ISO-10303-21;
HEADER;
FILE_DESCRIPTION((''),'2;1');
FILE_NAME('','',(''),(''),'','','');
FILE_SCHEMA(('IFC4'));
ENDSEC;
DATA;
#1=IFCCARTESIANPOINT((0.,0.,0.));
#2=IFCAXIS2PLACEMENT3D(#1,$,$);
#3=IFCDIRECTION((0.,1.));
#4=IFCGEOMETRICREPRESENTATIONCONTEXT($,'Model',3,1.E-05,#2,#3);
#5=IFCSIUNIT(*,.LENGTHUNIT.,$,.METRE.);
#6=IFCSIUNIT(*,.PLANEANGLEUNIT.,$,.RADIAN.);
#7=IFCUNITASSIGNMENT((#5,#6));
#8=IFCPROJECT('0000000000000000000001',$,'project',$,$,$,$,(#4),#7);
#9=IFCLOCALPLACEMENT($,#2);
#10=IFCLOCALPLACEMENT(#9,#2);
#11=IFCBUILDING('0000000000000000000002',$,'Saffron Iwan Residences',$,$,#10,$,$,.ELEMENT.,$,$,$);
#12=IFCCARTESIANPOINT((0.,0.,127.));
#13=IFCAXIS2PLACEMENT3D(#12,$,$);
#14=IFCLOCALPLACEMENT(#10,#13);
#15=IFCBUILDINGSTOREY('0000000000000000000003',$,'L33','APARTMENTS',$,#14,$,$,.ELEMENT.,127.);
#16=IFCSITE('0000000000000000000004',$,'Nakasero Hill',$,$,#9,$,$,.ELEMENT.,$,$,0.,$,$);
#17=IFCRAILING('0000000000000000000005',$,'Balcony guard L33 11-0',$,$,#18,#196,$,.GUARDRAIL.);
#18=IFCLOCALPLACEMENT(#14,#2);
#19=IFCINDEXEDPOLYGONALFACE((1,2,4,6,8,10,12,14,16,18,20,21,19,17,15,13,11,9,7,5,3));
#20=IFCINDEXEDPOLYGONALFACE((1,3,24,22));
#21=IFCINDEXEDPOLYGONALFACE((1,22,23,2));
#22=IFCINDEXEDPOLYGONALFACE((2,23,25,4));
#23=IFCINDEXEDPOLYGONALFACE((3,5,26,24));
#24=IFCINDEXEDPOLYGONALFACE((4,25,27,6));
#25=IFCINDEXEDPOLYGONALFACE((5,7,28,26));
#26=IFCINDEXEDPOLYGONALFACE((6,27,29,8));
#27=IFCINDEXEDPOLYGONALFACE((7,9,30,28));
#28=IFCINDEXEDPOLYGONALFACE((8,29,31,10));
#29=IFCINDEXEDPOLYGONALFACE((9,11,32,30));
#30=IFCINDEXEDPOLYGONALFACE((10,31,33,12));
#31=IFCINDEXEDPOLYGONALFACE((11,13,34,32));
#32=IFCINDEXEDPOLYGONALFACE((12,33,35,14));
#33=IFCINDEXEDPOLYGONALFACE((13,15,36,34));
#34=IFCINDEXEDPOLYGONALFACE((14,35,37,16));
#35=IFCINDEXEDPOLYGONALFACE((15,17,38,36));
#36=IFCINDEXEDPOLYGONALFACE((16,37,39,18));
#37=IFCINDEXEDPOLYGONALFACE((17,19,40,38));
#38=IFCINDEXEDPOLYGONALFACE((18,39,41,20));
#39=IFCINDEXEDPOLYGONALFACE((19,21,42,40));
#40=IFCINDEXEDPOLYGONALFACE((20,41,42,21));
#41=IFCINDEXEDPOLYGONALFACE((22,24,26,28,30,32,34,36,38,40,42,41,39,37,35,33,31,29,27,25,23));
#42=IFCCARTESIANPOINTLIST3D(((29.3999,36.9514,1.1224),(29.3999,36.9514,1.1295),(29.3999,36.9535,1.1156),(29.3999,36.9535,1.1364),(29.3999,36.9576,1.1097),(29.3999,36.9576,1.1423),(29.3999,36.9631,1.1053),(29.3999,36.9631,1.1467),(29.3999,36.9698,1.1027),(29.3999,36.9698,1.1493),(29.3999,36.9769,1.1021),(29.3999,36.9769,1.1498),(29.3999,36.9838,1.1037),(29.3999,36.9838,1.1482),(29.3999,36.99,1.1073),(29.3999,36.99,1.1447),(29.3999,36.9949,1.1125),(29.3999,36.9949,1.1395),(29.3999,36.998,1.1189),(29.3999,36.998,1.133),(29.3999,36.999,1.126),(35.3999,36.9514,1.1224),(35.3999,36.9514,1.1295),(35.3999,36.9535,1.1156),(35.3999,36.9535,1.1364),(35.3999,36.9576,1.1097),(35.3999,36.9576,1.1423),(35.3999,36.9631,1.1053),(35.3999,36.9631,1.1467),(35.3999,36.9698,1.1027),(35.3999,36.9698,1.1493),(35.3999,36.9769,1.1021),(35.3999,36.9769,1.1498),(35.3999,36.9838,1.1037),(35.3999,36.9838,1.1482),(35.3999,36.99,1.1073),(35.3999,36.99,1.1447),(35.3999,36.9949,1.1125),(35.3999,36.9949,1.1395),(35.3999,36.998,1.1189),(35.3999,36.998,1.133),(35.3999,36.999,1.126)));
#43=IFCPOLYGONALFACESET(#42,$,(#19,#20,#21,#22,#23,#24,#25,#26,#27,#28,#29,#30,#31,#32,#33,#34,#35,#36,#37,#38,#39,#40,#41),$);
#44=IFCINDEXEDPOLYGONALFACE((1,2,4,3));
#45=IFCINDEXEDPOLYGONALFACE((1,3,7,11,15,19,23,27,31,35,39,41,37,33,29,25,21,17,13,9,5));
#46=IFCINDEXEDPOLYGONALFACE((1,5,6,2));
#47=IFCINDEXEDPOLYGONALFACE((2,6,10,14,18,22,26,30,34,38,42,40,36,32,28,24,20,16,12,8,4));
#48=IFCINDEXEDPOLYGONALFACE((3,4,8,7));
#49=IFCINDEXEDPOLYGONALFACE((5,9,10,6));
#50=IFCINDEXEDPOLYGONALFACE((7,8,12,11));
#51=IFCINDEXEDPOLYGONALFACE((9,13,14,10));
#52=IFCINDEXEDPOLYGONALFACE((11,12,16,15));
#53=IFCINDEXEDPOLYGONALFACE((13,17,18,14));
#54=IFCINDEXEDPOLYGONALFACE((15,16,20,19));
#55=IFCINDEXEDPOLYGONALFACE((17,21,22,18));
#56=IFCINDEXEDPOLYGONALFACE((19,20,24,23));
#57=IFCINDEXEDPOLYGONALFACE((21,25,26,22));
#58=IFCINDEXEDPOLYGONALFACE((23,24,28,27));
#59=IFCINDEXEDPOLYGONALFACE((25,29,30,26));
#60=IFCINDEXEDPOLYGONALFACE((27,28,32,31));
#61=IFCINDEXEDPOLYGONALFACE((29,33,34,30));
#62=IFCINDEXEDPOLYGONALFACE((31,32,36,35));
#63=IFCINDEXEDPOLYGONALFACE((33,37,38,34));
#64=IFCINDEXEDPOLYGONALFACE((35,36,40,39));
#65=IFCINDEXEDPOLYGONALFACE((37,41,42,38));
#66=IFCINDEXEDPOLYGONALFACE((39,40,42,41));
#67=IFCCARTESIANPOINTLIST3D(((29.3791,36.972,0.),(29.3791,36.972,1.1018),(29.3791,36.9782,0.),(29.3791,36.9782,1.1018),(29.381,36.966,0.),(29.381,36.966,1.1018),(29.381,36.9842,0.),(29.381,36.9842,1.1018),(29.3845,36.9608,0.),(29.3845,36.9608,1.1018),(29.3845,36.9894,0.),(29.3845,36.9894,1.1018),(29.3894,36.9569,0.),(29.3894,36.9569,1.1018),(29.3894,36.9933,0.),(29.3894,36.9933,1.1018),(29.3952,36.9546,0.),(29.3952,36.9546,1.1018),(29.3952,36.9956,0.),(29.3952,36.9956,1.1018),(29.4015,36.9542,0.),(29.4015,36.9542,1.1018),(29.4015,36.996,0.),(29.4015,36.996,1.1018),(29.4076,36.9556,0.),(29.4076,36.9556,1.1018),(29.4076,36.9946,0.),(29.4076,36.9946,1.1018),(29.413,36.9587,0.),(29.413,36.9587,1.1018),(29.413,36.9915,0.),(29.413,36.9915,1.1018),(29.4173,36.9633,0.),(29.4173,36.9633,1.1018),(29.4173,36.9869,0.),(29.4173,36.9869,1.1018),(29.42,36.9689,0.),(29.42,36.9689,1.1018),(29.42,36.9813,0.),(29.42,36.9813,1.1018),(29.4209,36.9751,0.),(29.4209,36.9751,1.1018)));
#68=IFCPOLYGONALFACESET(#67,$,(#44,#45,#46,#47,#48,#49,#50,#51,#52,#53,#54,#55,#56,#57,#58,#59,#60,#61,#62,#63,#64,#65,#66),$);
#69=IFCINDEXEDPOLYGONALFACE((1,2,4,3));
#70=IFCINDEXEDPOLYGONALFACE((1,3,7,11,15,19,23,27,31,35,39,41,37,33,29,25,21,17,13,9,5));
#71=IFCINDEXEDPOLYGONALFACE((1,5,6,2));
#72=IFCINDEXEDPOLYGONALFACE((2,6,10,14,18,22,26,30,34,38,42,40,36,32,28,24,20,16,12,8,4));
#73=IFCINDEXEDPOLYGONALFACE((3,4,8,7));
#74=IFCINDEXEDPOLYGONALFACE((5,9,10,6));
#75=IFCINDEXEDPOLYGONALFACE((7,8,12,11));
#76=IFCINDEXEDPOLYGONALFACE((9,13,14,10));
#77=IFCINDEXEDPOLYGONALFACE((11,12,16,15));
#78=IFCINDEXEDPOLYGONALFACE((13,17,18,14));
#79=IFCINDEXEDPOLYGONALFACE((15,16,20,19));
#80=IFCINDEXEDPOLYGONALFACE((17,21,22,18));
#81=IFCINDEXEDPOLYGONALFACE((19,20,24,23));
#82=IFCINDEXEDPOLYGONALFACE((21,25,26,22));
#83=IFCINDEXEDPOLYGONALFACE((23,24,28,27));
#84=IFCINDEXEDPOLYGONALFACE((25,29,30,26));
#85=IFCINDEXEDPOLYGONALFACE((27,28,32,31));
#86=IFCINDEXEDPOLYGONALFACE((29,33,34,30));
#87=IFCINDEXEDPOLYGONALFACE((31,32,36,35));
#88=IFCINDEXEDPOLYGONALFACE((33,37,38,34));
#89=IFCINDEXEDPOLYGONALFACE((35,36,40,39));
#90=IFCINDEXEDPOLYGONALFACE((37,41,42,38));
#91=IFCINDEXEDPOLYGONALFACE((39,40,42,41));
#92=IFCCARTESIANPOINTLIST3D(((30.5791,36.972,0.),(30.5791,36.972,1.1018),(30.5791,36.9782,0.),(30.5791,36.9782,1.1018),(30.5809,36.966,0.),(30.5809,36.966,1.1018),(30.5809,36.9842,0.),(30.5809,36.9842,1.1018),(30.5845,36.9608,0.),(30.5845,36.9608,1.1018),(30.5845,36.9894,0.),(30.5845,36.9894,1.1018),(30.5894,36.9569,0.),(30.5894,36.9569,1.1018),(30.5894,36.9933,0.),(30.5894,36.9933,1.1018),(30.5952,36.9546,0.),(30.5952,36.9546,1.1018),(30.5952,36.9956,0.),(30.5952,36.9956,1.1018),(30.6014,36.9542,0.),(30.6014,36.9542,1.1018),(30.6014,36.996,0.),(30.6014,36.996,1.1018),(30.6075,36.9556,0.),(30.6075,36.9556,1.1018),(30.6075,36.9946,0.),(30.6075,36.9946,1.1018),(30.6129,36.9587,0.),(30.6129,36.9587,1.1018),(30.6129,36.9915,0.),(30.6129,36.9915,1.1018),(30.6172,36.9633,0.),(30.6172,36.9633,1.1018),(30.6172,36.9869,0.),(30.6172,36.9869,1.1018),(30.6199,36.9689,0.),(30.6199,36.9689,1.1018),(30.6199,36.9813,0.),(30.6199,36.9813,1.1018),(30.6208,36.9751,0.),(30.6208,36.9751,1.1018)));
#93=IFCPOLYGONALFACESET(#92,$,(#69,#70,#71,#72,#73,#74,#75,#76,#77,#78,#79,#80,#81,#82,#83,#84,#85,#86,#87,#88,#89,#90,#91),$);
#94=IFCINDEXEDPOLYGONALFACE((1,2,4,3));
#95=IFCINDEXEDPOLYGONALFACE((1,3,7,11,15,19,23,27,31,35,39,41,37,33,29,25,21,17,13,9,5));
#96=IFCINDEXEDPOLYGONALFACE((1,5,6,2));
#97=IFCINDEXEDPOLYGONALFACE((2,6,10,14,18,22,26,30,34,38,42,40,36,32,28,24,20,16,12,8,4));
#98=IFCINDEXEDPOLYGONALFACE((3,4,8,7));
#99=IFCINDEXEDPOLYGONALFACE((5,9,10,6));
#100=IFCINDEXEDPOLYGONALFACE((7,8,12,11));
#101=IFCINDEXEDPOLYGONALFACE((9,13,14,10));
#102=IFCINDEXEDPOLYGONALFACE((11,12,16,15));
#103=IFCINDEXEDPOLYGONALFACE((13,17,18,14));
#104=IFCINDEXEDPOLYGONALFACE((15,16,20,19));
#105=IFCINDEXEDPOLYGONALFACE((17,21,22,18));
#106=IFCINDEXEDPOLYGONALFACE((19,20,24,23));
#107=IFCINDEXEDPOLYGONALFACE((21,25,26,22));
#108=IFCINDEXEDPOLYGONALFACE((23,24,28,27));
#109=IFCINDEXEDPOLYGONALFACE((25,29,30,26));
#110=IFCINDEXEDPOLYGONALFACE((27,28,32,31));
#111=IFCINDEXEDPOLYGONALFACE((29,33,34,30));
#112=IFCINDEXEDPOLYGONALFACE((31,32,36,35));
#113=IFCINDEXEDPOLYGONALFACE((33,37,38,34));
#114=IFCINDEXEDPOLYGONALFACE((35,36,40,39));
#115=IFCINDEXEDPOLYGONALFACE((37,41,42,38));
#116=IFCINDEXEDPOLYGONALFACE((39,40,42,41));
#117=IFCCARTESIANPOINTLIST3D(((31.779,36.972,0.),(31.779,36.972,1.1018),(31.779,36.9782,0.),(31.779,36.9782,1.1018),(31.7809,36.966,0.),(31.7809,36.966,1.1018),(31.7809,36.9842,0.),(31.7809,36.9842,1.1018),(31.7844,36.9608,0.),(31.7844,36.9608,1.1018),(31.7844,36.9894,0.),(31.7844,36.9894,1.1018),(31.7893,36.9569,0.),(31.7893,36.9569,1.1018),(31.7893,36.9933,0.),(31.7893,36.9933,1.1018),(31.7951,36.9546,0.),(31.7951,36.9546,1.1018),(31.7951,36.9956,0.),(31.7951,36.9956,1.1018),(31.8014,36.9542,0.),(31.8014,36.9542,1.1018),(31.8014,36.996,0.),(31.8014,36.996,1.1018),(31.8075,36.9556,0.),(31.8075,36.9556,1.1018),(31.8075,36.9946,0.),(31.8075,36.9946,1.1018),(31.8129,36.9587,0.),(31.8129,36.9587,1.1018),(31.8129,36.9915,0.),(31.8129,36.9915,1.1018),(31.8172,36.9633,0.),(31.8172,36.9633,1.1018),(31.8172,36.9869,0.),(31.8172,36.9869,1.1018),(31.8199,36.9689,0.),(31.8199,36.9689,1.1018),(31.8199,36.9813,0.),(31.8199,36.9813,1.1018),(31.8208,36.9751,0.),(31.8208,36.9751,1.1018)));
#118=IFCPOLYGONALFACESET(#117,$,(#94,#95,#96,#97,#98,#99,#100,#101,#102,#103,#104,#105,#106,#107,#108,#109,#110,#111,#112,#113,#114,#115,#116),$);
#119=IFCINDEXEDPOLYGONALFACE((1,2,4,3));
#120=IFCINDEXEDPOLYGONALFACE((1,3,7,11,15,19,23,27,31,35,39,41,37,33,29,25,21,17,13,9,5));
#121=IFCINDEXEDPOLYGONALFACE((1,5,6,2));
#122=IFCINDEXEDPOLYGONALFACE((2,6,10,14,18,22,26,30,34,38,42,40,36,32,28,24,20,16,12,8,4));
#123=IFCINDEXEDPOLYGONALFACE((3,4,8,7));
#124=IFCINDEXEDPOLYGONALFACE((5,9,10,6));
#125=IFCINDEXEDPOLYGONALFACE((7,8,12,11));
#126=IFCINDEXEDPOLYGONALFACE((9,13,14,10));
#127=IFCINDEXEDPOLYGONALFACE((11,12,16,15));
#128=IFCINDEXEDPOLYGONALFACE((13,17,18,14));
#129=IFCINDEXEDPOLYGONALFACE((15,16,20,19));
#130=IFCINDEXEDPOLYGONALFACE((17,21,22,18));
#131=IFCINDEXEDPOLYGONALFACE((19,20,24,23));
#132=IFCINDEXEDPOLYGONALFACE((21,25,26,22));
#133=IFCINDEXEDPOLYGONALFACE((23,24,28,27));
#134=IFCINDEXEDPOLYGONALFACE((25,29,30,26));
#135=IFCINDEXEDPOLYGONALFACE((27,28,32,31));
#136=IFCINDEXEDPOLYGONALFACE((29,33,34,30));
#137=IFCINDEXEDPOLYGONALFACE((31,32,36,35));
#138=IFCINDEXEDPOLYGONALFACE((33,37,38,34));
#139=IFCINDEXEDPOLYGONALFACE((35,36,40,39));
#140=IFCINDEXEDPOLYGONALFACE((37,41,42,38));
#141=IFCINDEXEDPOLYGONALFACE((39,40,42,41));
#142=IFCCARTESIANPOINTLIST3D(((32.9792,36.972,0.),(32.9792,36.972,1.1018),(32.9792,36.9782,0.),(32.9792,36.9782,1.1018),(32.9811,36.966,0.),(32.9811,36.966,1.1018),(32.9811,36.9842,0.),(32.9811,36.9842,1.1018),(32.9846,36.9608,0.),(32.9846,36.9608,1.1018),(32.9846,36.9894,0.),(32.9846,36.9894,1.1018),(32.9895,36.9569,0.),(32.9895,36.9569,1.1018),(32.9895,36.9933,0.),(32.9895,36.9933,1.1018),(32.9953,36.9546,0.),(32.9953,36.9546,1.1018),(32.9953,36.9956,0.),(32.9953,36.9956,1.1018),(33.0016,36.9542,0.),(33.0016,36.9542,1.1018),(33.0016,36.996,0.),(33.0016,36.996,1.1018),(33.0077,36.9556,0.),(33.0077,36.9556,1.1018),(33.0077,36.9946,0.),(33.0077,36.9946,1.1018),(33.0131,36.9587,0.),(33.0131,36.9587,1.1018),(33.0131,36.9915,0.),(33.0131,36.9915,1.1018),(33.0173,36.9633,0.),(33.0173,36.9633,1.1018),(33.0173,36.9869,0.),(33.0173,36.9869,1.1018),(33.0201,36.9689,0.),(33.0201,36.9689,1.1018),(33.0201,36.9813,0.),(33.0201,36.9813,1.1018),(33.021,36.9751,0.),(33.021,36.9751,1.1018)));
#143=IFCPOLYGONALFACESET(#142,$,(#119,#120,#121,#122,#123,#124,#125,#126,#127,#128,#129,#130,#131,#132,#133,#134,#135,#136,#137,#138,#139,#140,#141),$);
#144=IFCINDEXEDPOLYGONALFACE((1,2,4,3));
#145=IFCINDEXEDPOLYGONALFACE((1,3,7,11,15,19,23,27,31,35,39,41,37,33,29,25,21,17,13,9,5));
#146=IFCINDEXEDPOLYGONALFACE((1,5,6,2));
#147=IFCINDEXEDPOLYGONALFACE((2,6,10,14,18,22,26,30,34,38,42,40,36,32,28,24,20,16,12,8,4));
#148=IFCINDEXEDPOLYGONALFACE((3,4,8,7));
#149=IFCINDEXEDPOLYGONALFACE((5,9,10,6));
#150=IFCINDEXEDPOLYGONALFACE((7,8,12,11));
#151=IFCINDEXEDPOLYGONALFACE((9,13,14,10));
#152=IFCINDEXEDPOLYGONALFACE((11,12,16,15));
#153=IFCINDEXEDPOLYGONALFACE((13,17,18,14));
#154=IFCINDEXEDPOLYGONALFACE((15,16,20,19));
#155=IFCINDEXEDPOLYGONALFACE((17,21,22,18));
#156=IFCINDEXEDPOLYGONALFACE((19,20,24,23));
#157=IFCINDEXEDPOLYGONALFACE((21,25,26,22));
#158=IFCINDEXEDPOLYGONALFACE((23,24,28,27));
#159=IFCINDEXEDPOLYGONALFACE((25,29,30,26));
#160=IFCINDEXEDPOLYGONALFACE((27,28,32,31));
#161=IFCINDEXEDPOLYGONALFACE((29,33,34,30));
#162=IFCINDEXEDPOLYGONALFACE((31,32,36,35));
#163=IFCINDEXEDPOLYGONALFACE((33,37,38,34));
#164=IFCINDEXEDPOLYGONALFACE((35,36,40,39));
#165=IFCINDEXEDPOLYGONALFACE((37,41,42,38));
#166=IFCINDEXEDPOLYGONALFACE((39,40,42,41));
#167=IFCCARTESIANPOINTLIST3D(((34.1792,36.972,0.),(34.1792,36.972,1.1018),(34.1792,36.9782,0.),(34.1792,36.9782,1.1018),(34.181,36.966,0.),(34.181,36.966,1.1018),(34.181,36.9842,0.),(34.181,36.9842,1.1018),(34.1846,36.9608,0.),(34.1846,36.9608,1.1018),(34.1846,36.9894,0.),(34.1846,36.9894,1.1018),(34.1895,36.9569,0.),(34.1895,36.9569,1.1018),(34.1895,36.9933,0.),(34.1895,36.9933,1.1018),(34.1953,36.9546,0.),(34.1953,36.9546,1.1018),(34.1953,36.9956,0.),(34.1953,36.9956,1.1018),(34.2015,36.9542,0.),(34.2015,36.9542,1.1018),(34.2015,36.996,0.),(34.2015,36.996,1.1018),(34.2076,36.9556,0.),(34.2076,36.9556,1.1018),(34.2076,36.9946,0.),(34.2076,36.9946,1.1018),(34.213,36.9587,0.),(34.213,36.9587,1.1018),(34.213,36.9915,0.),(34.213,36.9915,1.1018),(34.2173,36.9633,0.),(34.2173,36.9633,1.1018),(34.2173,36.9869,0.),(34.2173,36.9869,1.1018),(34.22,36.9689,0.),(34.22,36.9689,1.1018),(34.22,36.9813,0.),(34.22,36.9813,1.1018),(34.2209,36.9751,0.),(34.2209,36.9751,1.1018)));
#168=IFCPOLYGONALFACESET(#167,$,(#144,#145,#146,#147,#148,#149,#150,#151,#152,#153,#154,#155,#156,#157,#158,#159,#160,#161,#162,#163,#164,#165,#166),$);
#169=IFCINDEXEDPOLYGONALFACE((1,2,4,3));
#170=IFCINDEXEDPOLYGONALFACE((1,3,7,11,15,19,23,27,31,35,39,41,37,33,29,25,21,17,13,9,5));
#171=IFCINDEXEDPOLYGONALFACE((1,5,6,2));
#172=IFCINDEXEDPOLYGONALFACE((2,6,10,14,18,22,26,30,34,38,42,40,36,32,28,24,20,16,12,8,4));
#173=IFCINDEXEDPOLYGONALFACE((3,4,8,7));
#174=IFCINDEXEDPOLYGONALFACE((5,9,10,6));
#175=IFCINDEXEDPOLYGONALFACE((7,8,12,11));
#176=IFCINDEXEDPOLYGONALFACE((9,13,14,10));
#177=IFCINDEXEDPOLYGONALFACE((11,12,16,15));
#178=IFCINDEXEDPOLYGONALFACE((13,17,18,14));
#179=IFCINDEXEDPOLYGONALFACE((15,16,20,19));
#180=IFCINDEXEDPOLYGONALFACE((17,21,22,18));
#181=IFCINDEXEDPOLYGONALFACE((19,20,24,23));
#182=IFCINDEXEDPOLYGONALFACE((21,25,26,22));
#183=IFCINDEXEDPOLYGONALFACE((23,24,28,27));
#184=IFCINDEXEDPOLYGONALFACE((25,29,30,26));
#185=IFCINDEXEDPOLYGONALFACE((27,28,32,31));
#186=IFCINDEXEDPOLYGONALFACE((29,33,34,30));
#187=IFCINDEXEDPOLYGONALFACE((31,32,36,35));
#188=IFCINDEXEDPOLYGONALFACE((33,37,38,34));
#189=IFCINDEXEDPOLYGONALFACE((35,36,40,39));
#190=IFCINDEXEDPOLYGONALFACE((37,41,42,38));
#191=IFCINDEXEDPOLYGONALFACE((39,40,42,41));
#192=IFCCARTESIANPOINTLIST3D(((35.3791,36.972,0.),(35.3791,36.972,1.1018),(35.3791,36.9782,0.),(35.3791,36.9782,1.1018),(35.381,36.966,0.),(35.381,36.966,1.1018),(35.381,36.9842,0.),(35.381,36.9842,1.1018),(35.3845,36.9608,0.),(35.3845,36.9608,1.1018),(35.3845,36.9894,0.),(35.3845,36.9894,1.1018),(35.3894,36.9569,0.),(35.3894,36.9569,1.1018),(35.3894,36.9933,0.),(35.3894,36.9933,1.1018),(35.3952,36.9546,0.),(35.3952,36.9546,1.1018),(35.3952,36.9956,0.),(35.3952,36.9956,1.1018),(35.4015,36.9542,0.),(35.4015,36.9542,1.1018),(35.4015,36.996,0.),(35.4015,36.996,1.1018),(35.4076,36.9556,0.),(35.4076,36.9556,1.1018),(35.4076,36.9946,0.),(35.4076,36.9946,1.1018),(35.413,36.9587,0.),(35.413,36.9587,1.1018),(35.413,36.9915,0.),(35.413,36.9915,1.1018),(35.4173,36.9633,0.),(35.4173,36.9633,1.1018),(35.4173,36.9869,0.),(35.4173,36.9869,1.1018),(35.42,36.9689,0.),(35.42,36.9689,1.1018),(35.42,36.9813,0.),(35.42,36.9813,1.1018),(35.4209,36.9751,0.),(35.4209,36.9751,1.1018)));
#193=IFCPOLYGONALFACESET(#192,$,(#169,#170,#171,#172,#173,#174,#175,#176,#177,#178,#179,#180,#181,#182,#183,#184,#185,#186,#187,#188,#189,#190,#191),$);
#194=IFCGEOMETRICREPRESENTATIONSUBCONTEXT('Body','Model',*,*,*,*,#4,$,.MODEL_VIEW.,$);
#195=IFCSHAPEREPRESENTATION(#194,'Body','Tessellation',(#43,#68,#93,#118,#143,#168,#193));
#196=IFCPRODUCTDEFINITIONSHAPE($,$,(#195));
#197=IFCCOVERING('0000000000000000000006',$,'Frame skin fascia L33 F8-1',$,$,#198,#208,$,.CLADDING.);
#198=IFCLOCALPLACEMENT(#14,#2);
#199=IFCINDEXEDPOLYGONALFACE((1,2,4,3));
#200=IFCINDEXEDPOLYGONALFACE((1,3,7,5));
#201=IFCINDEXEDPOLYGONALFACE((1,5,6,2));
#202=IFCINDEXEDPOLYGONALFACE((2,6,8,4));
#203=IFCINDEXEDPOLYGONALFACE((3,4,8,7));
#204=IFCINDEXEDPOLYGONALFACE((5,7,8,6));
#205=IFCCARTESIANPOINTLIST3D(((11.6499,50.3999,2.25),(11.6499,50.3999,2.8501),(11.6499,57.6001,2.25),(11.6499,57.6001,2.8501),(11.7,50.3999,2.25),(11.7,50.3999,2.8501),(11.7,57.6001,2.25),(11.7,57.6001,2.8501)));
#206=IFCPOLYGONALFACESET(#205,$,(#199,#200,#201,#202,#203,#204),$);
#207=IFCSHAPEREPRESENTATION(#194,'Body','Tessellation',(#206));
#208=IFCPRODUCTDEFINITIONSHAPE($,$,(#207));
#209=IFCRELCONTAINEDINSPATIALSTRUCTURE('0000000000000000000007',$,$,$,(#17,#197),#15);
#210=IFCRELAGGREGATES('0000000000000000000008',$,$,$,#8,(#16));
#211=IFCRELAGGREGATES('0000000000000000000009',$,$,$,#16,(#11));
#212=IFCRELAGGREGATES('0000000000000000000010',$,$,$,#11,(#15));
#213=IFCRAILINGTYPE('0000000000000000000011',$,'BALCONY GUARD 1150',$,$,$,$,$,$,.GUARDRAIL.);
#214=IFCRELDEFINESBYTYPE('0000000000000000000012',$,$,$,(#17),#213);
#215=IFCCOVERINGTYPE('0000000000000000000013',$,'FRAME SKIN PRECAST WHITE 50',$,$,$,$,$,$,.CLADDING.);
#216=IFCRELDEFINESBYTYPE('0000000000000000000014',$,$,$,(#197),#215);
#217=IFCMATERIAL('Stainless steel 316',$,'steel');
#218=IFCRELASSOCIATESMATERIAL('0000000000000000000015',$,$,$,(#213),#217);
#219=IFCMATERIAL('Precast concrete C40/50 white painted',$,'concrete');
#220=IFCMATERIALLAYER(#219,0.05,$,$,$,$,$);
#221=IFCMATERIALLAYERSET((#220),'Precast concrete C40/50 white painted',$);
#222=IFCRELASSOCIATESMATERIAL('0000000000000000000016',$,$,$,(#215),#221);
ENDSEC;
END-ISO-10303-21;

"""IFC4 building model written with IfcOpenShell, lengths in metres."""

from ifc_helpers import new_model, si_unit, direction, frame, origin, origin_2d, place, context, subcontext, project, spatial, polyline, circle, outline, extrude, material, layer, layer_set, type_object, element, save


model = new_model("IFC4")

# Units and contexts
model_context = context("Model", 3, precision=1e-05, world=origin(), true_north=direction((0.0, 1.0)))
body_context = subcontext(model_context, "Body", "Model", "MODEL_VIEW")
ifc_project = project(units=[si_unit("LENGTHUNIT", "METRE"), si_unit("PLANEANGLEUNIT", "RADIAN")], contexts=[model_context])

# Site, building, storey
site_placement = place(None, origin())
site = spatial("IfcSite", under=ifc_project, at=site_placement, Name="Nakasero Hill", CompositionType="ELEMENT", RefElevation=0.0)
building_placement = place(site_placement, origin())
building = spatial("IfcBuilding", under=site, at=building_placement, Name="Saffron Iwan Residences", CompositionType="ELEMENT")
storey_placement = place(building_placement, frame((0.0, 0.0, 127.0)))
storey = spatial("IfcBuildingStorey", under=building, at=storey_placement, Name="L33", Description="APARTMENTS", CompositionType="ELEMENT", Elevation=127.0)

# Railing
ifc_material_1 = material(Name="Stainless steel 316", Category="steel")
railing_type = type_object("IfcRailingType", Name="BALCONY GUARD 1150", PredefinedType="GUARDRAIL", material=ifc_material_1)
railing_placement = place(storey_placement, frame((29.3999, 36.9751, 0.0)))
element("IfcRailing", 1, at=railing_placement, inside=storey, type_object=railing_type, Name="Balcony guard L33 11-0", PredefinedType="GUARDRAIL", context=body_context, shape_type="SweptSolid", body=[
    extrude(circle(Radius=0.0239, at=origin_2d()), frame((0.0, 0.0, 1.126), z_axis=(1.0, 0.0, 0.0), x_axis=(0.0, 1.0, 0.0)), (0.0, 0.0, 1.0), 6.0),
    extrude(circle(Radius=0.021, at=origin_2d()), origin(), (0.0, 0.0, 1.0), 1.1018),
    extrude(circle(Radius=0.021, at=origin_2d()), frame((1.2, 0.0, 0.0)), (0.0, 0.0, 1.0), 1.1018),
    extrude(circle(Radius=0.021, at=origin_2d()), frame((2.3999, 0.0, 0.0)), (0.0, 0.0, 1.0), 1.1018),
    extrude(circle(Radius=0.021, at=origin_2d()), frame((3.6001, 0.0, 0.0)), (0.0, 0.0, 1.0), 1.1018),
    extrude(circle(Radius=0.021, at=origin_2d()), frame((4.8, 0.0, 0.0)), (0.0, 0.0, 1.0), 1.1018),
    extrude(circle(Radius=0.021, at=origin_2d()), frame((6.0, 0.0, 0.0)), (0.0, 0.0, 1.0), 1.1018),
])

# Covering
ifc_material_2 = material(Name="Precast concrete C40/50 white painted", Category="concrete")
ifc_layer_1 = layer(ifc_material_2, 0.05)
ifc_layer_set_1 = layer_set([ifc_layer_1], Name="Precast concrete C40/50 white painted")
covering_type = type_object("IfcCoveringType", Name="FRAME SKIN PRECAST WHITE 50", PredefinedType="CLADDING", material=ifc_layer_set_1)
covering_1_placement = place(storey_placement, frame((0.0, 0.0, 2.25)))
element("IfcCovering", 2, at=covering_1_placement, inside=storey, type_object=covering_type, Name="Frame skin fascia L33 F8-1", PredefinedType="CLADDING", context=body_context, shape_type="SweptSolid", body=[
    extrude(outline(polyline([(11.6499, 57.6001), (11.6499, 50.3999), (11.7, 50.3999), (11.7, 57.6001), (11.6499, 57.6001)])), origin(), (0.0, 0.0, 1.0), 0.6001),
])

save(model, "model.ifc")
